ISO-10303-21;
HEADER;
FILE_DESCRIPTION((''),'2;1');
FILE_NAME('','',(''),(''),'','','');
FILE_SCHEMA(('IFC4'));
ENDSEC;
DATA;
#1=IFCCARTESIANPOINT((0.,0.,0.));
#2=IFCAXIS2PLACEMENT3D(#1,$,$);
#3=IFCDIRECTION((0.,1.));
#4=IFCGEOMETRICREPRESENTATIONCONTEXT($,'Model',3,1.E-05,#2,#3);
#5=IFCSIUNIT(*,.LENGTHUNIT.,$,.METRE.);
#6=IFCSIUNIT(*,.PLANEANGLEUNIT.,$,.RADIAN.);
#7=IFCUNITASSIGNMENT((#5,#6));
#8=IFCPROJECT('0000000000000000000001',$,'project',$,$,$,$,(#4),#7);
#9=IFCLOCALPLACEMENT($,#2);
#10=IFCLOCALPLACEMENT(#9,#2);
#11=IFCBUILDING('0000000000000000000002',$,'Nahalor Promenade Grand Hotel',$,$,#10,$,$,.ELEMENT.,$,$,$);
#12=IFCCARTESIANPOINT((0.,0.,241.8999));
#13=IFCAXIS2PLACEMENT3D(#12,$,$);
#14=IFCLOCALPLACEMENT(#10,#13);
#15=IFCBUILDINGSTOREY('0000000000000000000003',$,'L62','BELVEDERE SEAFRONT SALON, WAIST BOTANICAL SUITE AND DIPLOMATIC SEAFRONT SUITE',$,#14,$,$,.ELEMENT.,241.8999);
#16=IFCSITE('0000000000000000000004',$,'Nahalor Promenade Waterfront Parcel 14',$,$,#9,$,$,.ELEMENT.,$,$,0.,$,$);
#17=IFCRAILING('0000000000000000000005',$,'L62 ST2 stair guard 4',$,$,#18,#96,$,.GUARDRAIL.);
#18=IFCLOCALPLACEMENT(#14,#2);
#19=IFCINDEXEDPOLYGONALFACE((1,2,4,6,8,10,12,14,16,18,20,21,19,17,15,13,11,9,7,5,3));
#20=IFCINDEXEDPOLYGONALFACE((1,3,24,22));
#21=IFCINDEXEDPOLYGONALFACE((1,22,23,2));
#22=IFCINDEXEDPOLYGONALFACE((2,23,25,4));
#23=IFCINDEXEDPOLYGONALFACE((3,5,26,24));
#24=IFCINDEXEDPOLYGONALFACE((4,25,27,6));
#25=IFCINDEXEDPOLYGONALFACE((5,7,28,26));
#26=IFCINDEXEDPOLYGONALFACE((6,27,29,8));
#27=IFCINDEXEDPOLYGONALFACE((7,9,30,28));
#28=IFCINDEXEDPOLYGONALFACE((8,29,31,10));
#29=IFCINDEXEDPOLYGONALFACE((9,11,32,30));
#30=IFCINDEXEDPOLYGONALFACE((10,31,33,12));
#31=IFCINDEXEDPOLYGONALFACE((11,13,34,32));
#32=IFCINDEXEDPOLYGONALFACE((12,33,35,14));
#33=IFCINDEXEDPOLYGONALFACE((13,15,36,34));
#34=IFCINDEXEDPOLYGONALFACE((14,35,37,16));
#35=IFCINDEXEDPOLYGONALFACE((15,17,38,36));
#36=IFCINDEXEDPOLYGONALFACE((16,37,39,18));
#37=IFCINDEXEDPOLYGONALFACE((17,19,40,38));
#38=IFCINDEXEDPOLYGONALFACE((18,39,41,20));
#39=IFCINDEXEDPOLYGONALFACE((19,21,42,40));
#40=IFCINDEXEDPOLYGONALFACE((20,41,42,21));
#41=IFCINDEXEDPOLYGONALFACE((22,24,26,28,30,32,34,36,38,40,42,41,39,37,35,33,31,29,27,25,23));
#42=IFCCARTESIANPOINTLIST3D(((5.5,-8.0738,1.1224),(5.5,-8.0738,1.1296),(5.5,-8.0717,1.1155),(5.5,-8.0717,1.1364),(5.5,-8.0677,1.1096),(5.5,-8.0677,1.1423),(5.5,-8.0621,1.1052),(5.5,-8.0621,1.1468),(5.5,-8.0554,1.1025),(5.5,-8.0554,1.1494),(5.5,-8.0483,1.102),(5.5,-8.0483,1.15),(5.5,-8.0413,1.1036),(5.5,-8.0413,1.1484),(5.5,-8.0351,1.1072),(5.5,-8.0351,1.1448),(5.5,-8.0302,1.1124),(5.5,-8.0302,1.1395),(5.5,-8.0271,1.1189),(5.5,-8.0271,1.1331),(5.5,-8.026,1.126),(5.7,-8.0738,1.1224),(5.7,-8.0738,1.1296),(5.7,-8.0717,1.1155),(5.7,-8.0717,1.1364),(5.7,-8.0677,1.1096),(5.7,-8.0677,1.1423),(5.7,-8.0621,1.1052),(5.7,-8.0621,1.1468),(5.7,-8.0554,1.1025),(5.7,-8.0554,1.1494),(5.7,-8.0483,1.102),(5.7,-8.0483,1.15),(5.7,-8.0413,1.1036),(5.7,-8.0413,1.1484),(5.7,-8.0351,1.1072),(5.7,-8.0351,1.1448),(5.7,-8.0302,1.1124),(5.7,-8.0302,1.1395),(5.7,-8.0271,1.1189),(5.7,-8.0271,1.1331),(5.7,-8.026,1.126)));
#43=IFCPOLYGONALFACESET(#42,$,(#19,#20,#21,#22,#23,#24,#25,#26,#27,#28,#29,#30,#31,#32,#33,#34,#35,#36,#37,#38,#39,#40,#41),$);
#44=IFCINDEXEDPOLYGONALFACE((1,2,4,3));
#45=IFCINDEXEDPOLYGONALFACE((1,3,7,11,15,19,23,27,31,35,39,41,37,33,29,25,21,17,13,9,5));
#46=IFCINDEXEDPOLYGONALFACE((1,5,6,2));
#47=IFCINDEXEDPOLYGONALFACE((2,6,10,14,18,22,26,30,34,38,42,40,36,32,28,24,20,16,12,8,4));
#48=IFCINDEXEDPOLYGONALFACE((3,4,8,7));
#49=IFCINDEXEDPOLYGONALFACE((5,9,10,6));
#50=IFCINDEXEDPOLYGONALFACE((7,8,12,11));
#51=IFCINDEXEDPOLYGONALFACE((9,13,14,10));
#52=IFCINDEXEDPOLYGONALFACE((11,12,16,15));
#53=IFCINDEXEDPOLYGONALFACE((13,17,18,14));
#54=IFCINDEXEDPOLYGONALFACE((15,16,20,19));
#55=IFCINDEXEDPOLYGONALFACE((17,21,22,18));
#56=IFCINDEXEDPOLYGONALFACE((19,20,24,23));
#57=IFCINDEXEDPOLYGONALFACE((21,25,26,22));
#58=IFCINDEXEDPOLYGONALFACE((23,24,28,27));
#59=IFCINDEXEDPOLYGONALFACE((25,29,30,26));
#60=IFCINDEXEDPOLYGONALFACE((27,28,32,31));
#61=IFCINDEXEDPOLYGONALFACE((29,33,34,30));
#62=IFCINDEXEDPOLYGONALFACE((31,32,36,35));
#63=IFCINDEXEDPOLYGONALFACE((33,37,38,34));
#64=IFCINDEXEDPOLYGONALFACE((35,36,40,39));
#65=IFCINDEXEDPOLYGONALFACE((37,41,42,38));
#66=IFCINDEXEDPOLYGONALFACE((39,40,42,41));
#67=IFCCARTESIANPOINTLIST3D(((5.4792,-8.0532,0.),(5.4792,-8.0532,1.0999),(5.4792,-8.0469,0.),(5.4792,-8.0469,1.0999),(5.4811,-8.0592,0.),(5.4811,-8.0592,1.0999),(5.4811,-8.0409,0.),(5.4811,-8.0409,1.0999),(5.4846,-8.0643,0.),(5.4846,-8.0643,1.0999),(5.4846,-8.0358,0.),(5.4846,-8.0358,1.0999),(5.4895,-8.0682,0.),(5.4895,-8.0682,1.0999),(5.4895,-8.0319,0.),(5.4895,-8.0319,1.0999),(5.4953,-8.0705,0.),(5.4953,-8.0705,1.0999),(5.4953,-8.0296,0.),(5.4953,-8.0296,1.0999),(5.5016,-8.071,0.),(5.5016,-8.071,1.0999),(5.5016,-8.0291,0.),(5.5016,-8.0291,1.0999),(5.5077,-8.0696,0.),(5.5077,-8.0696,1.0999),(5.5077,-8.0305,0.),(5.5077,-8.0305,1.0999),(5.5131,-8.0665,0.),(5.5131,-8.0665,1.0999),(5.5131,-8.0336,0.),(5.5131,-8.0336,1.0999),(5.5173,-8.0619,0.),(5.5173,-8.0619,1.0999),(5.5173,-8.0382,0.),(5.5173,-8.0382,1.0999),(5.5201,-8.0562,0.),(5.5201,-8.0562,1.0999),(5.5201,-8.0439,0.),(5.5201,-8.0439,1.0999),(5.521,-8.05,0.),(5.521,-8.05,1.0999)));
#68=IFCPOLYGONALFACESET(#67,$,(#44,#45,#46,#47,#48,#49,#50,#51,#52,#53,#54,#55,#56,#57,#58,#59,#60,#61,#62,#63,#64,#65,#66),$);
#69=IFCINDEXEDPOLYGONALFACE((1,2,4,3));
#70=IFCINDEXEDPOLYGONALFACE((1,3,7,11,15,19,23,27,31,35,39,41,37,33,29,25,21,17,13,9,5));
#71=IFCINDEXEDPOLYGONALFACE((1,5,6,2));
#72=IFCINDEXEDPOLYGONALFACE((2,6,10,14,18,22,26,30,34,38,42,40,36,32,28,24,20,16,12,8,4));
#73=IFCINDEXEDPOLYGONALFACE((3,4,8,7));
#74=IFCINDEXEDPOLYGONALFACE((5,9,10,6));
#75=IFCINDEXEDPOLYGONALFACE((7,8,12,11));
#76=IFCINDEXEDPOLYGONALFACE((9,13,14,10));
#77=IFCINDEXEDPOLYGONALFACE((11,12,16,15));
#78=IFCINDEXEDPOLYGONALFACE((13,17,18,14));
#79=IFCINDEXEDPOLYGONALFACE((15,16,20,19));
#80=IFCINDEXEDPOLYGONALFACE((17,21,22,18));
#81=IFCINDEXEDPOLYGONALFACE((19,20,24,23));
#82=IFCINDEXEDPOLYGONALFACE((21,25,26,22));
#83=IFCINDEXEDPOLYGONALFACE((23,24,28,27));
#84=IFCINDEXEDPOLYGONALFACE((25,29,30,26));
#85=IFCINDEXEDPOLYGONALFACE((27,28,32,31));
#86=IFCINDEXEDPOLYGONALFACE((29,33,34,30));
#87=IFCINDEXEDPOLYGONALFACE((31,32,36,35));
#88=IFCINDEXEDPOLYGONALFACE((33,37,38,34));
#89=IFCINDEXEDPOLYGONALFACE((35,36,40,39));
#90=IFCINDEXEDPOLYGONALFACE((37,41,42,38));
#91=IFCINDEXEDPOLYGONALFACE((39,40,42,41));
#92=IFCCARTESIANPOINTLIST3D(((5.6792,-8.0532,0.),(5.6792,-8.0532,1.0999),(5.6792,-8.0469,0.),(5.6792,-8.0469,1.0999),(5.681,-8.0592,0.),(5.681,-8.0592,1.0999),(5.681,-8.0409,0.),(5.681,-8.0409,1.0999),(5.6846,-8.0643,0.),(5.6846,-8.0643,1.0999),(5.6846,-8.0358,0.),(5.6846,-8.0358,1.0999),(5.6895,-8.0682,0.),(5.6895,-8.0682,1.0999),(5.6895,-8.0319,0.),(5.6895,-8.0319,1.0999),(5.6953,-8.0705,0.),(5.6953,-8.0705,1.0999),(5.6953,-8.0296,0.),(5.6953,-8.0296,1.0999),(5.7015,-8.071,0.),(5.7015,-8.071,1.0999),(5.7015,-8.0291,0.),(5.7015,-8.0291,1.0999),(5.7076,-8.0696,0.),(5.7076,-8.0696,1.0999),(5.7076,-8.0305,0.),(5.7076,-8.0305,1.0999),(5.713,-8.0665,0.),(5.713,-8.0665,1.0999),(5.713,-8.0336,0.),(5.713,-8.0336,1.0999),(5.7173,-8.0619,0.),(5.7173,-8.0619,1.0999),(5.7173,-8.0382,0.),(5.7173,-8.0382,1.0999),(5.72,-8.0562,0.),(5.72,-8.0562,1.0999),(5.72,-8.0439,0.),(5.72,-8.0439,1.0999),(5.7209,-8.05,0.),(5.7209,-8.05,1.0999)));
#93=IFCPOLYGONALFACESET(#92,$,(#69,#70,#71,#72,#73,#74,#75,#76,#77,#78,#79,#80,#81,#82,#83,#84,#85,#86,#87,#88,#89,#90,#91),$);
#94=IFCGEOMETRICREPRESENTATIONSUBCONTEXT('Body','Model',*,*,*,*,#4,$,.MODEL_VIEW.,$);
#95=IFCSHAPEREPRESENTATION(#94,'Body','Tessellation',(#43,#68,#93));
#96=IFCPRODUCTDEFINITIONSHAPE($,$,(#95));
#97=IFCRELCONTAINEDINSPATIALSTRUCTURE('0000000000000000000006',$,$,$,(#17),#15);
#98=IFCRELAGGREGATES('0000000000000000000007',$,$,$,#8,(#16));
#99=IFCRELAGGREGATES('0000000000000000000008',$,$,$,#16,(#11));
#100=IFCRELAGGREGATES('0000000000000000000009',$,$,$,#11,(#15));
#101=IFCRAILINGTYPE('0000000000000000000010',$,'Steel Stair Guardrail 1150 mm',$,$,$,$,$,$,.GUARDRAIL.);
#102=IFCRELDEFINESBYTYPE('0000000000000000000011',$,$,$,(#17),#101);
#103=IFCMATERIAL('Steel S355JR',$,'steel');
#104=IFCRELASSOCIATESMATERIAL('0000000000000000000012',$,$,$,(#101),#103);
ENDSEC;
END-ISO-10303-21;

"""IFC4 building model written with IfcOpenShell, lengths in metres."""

from ifc_helpers import new_model, si_unit, direction, frame, origin, origin_2d, place, context, subcontext, project, spatial, circle, extrude, material, type_object, element, save


model = new_model("IFC4")

# Units and contexts
model_context = context("Model", 3, precision=1e-05, world=origin(), true_north=direction((0.0, 1.0)))
body_context = subcontext(model_context, "Body", "Model", "MODEL_VIEW")
ifc_project = project(units=[si_unit("LENGTHUNIT", "METRE"), si_unit("PLANEANGLEUNIT", "RADIAN")], contexts=[model_context])

# Site, building, storey
site_placement = place(None, origin())
site = spatial("IfcSite", under=ifc_project, at=site_placement, Name="Nahalor Promenade Waterfront Parcel 14", CompositionType="ELEMENT", RefElevation=0.0)
building_placement = place(site_placement, origin())
building = spatial("IfcBuilding", under=site, at=building_placement, Name="Nahalor Promenade Grand Hotel", CompositionType="ELEMENT")
storey_placement = place(building_placement, frame((0.0, 0.0, 241.8999)))
storey = spatial("IfcBuildingStorey", under=building, at=storey_placement, Name="L62", Description="BELVEDERE SEAFRONT SALON, WAIST BOTANICAL SUITE AND DIPLOMATIC SEAFRONT SUITE", CompositionType="ELEMENT", Elevation=241.8999)

# Shared definitions
ifc_material_1 = material(Name="Steel S355JR", Category="steel")

# Railing
railing_type_1 = type_object("IfcRailingType", Name="Steel Stair Guardrail 1150 mm", PredefinedType="GUARDRAIL", material=ifc_material_1)
railing_1_placement = place(storey_placement, frame((5.5, -8.05, 0.0)))
element("IfcRailing", 1, at=railing_1_placement, inside=storey, type_object=railing_type_1, Name="L62 ST2 stair guard 4", PredefinedType="GUARDRAIL", context=body_context, shape_type="SweptSolid", body=[
    extrude(circle(Radius=0.024, at=origin_2d()), frame((0.0, 0.0, 1.126), z_axis=(1.0, 0.0, 0.0), x_axis=(0.0, 1.0, 0.0)), (0.0, 0.0, 1.0), 0.2),
    extrude(circle(Radius=0.021, at=origin_2d()), origin(), (0.0, 0.0, 1.0), 1.0999),
    extrude(circle(Radius=0.021, at=origin_2d()), frame((0.2, 0.0, 0.0)), (0.0, 0.0, 1.0), 1.0999),
])

save(model, "model.ifc")
